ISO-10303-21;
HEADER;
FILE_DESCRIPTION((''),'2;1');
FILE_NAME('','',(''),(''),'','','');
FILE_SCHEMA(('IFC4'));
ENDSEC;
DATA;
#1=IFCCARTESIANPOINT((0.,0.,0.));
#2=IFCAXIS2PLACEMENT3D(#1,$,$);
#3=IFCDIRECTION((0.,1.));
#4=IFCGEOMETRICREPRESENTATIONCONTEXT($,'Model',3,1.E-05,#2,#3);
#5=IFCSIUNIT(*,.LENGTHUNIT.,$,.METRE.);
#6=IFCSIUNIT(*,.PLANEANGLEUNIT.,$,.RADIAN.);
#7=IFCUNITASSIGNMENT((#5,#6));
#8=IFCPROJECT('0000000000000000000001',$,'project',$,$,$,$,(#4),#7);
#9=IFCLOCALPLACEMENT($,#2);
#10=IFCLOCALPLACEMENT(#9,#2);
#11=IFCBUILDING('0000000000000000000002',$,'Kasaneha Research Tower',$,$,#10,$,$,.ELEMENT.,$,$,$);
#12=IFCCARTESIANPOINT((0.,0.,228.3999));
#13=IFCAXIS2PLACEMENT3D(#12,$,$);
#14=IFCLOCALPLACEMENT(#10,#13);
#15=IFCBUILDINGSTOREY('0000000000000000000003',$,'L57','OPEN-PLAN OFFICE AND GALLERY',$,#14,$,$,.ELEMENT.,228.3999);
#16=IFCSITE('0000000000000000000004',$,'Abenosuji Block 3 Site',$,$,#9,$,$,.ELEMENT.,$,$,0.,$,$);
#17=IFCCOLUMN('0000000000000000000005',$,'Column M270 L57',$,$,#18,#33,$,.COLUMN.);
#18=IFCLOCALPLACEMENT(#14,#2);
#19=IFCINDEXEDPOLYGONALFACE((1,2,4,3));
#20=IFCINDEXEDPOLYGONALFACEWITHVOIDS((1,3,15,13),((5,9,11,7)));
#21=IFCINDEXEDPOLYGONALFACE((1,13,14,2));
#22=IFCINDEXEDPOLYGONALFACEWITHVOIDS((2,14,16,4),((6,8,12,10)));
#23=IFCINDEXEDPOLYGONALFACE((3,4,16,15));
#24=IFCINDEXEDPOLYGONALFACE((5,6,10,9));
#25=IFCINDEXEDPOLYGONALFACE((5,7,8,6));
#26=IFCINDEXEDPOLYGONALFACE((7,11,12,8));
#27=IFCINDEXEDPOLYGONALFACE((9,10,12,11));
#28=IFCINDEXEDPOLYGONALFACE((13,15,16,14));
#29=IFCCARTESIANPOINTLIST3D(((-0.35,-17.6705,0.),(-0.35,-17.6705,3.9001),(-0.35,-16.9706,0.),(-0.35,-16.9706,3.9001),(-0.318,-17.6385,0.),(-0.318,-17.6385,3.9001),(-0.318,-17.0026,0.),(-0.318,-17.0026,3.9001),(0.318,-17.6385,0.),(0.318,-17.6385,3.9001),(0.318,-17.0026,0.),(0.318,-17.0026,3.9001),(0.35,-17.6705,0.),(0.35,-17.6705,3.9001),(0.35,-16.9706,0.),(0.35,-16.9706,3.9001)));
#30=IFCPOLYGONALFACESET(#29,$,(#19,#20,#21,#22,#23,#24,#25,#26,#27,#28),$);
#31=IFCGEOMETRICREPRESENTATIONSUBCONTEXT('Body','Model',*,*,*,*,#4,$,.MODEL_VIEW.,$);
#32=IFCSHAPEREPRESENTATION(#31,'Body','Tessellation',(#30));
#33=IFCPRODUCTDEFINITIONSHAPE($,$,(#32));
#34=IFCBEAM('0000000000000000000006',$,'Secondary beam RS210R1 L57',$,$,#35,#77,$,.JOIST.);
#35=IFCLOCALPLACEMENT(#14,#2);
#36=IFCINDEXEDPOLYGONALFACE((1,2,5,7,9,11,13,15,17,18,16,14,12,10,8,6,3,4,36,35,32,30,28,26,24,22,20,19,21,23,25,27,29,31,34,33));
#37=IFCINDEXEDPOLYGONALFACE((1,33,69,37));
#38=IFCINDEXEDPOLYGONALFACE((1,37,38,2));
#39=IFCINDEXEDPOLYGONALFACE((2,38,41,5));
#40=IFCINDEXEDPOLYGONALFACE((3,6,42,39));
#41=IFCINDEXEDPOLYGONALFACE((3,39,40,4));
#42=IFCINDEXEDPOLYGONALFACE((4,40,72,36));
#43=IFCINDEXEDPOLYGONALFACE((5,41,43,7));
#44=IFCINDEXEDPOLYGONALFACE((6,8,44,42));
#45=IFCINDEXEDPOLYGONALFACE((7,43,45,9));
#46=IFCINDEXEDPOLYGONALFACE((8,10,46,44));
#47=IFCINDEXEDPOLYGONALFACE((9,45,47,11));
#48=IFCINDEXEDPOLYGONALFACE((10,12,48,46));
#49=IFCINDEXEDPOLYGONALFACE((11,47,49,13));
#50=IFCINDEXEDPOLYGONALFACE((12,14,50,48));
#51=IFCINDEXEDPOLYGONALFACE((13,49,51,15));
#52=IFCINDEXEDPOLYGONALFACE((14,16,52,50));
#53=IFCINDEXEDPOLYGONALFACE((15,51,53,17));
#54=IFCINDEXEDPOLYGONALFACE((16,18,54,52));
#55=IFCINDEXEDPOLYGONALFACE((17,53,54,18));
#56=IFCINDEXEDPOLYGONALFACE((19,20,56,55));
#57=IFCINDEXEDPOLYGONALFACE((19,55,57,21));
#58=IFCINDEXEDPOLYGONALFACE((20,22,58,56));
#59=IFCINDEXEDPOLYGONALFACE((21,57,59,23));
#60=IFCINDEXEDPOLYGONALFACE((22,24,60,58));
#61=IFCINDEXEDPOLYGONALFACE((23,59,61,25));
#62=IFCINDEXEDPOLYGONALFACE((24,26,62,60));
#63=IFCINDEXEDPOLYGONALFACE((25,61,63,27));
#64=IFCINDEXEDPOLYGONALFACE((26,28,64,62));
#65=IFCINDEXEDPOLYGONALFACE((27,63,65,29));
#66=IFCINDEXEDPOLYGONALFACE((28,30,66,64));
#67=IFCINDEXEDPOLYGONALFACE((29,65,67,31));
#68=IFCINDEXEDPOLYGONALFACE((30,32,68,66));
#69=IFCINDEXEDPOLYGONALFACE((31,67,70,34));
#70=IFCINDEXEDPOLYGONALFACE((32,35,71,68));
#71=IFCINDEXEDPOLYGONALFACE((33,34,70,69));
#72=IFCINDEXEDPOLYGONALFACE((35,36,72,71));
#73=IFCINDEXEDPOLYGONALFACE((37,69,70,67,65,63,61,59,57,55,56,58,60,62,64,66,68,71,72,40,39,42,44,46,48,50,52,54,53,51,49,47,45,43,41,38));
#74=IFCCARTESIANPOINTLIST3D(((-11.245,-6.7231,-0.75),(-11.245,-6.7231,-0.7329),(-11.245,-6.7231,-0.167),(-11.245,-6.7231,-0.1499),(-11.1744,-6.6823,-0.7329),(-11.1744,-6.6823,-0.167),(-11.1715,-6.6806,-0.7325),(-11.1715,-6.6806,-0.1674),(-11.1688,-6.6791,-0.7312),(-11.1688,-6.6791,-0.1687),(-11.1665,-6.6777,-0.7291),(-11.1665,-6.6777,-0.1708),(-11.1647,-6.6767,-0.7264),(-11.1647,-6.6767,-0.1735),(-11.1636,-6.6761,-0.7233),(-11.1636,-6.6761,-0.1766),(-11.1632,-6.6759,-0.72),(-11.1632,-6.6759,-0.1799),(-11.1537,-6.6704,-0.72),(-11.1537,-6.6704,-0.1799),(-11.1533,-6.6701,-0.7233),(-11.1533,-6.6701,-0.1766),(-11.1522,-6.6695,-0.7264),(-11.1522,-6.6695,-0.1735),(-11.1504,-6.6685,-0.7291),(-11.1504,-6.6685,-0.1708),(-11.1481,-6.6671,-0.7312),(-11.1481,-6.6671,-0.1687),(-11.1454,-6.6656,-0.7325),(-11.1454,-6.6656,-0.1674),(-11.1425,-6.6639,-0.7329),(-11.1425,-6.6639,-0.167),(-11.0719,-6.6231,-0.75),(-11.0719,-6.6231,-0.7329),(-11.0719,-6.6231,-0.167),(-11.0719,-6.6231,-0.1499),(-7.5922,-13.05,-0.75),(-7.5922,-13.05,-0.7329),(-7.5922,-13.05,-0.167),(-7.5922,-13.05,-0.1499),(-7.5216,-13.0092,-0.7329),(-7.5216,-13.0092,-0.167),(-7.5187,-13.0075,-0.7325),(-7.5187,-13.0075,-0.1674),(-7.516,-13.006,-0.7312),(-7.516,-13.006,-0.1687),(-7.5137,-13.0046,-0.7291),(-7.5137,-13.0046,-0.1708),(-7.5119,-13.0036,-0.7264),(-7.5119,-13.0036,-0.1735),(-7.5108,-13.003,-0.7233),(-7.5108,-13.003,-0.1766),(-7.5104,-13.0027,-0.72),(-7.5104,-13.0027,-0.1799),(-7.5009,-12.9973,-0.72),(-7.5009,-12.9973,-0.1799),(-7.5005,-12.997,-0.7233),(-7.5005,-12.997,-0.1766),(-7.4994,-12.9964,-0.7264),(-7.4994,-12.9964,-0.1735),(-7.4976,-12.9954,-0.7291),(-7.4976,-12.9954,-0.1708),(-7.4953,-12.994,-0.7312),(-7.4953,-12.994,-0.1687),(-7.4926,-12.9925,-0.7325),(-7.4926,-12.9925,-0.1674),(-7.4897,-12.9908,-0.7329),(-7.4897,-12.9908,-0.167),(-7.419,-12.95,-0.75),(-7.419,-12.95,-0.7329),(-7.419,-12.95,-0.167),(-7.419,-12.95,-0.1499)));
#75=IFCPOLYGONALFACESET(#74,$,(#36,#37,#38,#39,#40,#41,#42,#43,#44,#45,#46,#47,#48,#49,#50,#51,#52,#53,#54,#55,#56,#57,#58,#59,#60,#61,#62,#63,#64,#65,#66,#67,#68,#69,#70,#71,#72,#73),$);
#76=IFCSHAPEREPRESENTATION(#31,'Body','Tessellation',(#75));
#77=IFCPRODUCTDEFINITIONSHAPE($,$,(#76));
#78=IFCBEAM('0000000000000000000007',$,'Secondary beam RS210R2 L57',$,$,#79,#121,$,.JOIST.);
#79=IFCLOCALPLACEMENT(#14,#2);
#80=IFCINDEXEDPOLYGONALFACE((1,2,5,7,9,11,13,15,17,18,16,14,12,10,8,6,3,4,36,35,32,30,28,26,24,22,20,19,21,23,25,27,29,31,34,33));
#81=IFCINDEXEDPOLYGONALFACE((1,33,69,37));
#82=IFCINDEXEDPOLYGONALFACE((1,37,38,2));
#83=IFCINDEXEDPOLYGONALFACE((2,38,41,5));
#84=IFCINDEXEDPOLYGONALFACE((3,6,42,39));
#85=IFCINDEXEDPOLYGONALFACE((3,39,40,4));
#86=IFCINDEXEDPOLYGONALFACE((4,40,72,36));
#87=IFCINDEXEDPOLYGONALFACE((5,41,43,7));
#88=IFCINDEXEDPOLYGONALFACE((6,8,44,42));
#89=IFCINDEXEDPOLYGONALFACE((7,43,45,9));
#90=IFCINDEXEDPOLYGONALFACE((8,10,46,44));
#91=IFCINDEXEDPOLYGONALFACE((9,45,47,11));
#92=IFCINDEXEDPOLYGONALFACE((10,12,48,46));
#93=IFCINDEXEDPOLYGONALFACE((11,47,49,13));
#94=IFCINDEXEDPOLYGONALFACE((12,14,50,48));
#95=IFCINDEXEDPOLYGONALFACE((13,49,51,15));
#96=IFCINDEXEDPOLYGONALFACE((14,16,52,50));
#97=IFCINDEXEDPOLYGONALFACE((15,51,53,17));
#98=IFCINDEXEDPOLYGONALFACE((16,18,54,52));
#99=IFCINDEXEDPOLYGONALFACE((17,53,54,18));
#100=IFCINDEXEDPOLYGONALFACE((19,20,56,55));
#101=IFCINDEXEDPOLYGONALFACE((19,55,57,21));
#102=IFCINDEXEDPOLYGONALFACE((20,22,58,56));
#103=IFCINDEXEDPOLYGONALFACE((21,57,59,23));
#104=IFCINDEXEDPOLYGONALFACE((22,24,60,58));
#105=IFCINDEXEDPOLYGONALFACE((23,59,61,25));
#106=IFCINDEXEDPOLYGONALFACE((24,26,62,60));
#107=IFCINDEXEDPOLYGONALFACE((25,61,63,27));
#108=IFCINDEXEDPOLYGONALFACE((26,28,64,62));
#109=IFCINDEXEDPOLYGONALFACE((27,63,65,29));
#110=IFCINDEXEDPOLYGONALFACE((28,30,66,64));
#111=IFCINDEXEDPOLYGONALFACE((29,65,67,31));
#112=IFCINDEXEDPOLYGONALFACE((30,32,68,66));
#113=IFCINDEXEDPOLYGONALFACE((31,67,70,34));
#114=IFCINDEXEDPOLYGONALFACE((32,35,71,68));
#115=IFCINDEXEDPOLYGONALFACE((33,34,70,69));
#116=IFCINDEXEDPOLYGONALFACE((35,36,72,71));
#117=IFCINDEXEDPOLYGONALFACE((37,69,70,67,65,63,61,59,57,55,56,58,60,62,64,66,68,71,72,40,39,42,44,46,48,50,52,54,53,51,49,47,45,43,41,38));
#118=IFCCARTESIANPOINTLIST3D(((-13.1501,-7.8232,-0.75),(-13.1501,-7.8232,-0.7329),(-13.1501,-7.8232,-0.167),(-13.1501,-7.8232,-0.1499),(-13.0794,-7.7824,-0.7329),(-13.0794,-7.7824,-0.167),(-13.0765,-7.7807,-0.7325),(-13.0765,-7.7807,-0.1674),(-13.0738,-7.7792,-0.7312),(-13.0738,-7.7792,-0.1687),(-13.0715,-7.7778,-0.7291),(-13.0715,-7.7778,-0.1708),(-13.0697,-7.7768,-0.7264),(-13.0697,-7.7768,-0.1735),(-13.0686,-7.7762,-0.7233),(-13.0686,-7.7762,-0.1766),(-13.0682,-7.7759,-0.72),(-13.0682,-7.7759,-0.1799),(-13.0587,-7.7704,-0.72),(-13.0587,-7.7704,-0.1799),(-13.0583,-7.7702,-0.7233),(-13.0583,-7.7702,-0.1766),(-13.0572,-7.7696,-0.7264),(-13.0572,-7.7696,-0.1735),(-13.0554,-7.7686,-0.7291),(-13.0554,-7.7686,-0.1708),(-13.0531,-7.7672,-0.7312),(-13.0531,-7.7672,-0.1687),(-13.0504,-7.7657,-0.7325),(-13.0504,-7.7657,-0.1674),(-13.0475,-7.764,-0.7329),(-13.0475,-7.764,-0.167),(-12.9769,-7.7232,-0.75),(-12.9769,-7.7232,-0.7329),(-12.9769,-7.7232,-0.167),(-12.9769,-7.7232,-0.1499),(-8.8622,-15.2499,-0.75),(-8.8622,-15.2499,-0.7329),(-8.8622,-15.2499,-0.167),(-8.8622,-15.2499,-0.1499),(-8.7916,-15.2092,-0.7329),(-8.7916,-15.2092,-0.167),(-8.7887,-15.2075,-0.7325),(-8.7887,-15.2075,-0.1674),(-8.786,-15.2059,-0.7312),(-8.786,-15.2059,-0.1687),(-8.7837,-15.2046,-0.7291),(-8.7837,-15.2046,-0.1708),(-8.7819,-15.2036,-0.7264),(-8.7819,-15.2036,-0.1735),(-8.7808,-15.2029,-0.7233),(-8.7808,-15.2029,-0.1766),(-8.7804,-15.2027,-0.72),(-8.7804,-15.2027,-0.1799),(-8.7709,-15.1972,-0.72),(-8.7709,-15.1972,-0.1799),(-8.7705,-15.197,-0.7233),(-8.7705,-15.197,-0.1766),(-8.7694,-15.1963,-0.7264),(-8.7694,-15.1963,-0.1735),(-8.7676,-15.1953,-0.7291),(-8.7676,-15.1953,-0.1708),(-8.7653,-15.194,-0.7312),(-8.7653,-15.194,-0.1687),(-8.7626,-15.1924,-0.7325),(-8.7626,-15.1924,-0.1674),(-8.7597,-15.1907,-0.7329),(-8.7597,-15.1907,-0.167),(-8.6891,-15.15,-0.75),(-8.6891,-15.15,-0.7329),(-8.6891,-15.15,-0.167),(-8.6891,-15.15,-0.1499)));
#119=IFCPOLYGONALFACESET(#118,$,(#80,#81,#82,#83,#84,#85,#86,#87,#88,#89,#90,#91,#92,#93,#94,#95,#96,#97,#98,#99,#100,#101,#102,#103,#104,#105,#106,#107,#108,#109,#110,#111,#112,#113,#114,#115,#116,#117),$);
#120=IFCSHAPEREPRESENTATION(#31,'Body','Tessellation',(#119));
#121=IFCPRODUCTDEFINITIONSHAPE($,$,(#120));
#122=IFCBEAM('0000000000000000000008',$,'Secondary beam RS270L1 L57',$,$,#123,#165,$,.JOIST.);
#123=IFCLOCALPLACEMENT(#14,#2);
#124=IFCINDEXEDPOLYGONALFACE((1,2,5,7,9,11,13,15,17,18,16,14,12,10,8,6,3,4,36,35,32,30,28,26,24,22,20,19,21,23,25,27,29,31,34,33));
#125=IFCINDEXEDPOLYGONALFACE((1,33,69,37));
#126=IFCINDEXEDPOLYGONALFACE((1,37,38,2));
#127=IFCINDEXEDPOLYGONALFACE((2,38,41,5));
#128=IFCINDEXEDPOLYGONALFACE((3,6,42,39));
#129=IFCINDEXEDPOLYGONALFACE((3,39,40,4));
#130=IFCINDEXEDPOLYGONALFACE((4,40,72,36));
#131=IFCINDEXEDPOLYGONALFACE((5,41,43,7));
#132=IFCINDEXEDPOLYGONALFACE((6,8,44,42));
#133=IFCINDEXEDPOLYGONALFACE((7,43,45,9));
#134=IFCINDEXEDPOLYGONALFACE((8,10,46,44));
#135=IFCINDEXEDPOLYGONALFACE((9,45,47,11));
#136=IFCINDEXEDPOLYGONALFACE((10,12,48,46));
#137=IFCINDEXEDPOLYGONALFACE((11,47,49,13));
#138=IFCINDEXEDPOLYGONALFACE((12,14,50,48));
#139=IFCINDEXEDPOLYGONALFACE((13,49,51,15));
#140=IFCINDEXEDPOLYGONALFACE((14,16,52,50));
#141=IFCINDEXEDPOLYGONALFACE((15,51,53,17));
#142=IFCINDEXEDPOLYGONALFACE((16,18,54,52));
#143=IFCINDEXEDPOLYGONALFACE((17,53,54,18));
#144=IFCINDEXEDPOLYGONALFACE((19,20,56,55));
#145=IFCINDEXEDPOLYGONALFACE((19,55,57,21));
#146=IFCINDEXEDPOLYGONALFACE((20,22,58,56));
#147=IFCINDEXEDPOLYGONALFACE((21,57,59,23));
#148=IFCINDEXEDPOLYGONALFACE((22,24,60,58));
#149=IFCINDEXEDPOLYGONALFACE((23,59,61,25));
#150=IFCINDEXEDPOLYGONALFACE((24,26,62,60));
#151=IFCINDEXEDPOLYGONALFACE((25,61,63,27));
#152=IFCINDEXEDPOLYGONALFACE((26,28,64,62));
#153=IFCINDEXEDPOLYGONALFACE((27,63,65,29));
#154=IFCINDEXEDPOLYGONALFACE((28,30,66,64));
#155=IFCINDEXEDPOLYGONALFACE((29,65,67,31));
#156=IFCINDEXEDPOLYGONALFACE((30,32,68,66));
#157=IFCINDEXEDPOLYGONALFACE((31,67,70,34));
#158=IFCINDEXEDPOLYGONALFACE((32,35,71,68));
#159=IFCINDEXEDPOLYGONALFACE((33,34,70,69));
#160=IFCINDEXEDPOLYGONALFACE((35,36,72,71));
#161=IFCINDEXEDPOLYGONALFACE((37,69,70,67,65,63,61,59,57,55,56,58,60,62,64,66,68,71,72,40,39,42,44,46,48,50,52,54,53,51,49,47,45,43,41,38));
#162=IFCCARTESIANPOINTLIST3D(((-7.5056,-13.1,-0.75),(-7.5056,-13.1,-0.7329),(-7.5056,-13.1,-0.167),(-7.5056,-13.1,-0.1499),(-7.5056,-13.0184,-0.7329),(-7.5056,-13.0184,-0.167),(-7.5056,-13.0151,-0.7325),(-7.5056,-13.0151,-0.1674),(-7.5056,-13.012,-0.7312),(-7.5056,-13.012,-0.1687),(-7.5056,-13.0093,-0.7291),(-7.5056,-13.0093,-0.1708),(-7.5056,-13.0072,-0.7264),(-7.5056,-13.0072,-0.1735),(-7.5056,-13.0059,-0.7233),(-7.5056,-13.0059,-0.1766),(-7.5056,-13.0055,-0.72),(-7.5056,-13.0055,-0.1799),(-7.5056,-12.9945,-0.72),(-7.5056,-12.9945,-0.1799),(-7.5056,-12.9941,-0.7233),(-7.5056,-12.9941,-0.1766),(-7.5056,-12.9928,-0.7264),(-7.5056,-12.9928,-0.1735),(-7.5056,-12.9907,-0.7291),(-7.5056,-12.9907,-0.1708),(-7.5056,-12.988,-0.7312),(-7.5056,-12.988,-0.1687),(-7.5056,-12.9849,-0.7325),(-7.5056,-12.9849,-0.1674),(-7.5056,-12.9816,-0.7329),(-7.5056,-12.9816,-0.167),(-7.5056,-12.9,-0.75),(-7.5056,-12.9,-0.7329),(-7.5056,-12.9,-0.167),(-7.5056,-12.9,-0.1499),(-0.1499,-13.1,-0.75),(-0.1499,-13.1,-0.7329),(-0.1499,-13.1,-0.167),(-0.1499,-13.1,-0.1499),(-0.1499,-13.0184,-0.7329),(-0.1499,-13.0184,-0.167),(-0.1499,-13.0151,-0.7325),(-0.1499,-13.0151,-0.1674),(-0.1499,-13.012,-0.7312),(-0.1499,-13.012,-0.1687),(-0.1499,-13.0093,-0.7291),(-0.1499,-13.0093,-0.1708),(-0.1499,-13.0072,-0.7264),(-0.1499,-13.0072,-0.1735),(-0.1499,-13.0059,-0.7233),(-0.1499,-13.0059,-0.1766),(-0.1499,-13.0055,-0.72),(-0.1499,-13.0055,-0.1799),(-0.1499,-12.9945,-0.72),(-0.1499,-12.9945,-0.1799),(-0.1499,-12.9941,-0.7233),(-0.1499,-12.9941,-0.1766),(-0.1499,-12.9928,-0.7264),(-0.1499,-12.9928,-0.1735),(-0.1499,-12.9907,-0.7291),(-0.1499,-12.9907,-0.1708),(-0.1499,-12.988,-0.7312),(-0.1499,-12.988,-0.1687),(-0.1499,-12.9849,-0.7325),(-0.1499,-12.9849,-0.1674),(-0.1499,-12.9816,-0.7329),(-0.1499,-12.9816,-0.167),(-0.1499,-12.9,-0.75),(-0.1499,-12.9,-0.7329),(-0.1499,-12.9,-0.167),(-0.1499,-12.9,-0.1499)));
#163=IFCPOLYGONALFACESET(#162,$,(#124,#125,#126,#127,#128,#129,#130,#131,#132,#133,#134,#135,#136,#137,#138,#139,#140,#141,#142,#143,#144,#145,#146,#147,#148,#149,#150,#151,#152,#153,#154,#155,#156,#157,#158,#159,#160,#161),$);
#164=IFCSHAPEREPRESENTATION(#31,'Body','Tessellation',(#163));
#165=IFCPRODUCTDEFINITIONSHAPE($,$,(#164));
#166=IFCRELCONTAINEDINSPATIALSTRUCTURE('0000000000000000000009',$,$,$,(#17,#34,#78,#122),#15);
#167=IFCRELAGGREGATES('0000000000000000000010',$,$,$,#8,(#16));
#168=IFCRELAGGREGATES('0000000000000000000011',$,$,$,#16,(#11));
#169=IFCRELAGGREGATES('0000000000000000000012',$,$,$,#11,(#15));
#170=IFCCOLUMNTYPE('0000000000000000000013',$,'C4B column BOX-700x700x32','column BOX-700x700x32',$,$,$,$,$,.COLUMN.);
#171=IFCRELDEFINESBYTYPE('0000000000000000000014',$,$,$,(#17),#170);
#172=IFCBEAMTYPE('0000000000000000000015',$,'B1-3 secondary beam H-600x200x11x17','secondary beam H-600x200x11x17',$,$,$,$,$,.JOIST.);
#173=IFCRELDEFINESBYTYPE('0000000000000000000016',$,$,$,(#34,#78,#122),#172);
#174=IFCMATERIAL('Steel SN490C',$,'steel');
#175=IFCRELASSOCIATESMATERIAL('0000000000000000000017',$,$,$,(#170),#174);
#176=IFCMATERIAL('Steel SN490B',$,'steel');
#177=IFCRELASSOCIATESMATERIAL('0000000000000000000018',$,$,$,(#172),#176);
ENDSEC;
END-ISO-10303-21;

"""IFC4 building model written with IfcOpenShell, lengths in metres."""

from ifc_helpers import new_model, si_unit, direction, frame, origin, origin_2d, place, context, subcontext, project, spatial, hollow_rectangle, i_section, extrude, material, material_profile, profile_set, type_object, element, save


model = new_model("IFC4")

# Units and contexts
model_context = context("Model", 3, precision=1e-05, world=origin(), true_north=direction((0.0, 1.0)))
body_context = subcontext(model_context, "Body", "Model", "MODEL_VIEW")
ifc_project = project(units=[si_unit("LENGTHUNIT", "METRE"), si_unit("PLANEANGLEUNIT", "RADIAN")], contexts=[model_context])

# Site, building, storey
site_placement = place(None, origin())
site = spatial("IfcSite", under=ifc_project, at=site_placement, Name="Abenosuji Block 3 Site", CompositionType="ELEMENT", RefElevation=0.0)
building_placement = place(site_placement, origin())
building = spatial("IfcBuilding", under=site, at=building_placement, Name="Kasaneha Research Tower", CompositionType="ELEMENT")
storey_placement = place(building_placement, frame((0.0, 0.0, 228.3999)))
storey = spatial("IfcBuildingStorey", under=building, at=storey_placement, Name="L57", Description="OPEN-PLAN OFFICE AND GALLERY", CompositionType="ELEMENT", Elevation=228.3999)

# Column
ifc_material_1 = material(Name="Steel SN490C", Category="steel")
ifc_material_profile_1 = material_profile(ifc_material_1, hollow_rectangle(XDim=0.7, YDim=0.7, WallThickness=0.032, at=origin_2d()), Name="BOX-700x700x32")
ifc_profile_set_1 = profile_set([ifc_material_profile_1], Name="Steel SN490C")
column_type = type_object("IfcColumnType", Name="C4B column BOX-700x700x32", Description="column BOX-700x700x32", PredefinedType="COLUMN", material=ifc_profile_set_1)
column_placement = place(storey_placement, frame((0.0, -17.3206, 0.0), z_axis=(0.0, 0.0, 1.0), x_axis=(1.0, 0.0, 0.0)))
element("IfcColumn", 1, at=column_placement, inside=storey, type_object=column_type, Name="Column M270 L57", PredefinedType="COLUMN", context=body_context, shape_type="SweptSolid", body=[
    extrude(hollow_rectangle(XDim=0.7, YDim=0.7, WallThickness=0.032, at=origin_2d()), origin(), (0.0, 0.0, 1.0), 3.9001),
])

# Beams
ifc_material_2 = material(Name="Steel SN490B", Category="steel")
ifc_material_profile_2 = material_profile(ifc_material_2, i_section(OverallWidth=0.2, OverallDepth=0.6001, WebThickness=0.011, FlangeThickness=0.0171, FilletRadius=0.0129, at=origin_2d()), Name="H-600x200x11x17")
ifc_profile_set_2 = profile_set([ifc_material_profile_2], Name="Steel SN490B")
beam_type_1 = type_object("IfcBeamType", Name="B1-3 secondary beam H-600x200x11x17", Description="secondary beam H-600x200x11x17", PredefinedType="JOIST", material=ifc_profile_set_2)
beam_1_placement = place(storey_placement, frame((-7.5056, -13.0, -0.45), z_axis=(-0.499999, 0.866026, 0.0), x_axis=(-0.866026, -0.499999, 0.0)))
element("IfcBeam", 2, at=beam_1_placement, inside=storey, type_object=beam_type_1, Name="Secondary beam RS210R1 L57", PredefinedType="JOIST", context=body_context, shape_type="SweptSolid", body=[
    extrude(i_section(OverallWidth=0.2, OverallDepth=0.6001, WebThickness=0.011, FlangeThickness=0.0171, FilletRadius=0.0129, at=origin_2d()), origin(), (0.0, 0.0, 1.0), 7.3057),
])
beam_2_placement = place(storey_placement, frame((-8.7756, -15.2, -0.45), z_axis=(-0.5, 0.866025, 0.0), x_axis=(-0.866025, -0.5, 0.0)))
element("IfcBeam", 3, at=beam_2_placement, inside=storey, type_object=beam_type_1, Name="Secondary beam RS210R2 L57", PredefinedType="JOIST", context=body_context, shape_type="SweptSolid", body=[
    extrude(i_section(OverallWidth=0.2, OverallDepth=0.6001, WebThickness=0.011, FlangeThickness=0.0171, FilletRadius=0.0129, at=origin_2d()), origin(), (0.0, 0.0, 1.0), 8.5757),
])
beam_3_placement = place(storey_placement, frame((-7.5056, -13.0, -0.45), z_axis=(1.0, 0.0, 0.0), x_axis=(0.0, 1.0, 0.0)))
element("IfcBeam", 4, at=beam_3_placement, inside=storey, type_object=beam_type_1, Name="Secondary beam RS270L1 L57", PredefinedType="JOIST", context=body_context, shape_type="SweptSolid", body=[
    extrude(i_section(OverallWidth=0.2, OverallDepth=0.6001, WebThickness=0.011, FlangeThickness=0.0171, FilletRadius=0.0129, at=origin_2d()), origin(), (0.0, 0.0, 1.0), 7.3557),
])

save(model, "model.ifc")
